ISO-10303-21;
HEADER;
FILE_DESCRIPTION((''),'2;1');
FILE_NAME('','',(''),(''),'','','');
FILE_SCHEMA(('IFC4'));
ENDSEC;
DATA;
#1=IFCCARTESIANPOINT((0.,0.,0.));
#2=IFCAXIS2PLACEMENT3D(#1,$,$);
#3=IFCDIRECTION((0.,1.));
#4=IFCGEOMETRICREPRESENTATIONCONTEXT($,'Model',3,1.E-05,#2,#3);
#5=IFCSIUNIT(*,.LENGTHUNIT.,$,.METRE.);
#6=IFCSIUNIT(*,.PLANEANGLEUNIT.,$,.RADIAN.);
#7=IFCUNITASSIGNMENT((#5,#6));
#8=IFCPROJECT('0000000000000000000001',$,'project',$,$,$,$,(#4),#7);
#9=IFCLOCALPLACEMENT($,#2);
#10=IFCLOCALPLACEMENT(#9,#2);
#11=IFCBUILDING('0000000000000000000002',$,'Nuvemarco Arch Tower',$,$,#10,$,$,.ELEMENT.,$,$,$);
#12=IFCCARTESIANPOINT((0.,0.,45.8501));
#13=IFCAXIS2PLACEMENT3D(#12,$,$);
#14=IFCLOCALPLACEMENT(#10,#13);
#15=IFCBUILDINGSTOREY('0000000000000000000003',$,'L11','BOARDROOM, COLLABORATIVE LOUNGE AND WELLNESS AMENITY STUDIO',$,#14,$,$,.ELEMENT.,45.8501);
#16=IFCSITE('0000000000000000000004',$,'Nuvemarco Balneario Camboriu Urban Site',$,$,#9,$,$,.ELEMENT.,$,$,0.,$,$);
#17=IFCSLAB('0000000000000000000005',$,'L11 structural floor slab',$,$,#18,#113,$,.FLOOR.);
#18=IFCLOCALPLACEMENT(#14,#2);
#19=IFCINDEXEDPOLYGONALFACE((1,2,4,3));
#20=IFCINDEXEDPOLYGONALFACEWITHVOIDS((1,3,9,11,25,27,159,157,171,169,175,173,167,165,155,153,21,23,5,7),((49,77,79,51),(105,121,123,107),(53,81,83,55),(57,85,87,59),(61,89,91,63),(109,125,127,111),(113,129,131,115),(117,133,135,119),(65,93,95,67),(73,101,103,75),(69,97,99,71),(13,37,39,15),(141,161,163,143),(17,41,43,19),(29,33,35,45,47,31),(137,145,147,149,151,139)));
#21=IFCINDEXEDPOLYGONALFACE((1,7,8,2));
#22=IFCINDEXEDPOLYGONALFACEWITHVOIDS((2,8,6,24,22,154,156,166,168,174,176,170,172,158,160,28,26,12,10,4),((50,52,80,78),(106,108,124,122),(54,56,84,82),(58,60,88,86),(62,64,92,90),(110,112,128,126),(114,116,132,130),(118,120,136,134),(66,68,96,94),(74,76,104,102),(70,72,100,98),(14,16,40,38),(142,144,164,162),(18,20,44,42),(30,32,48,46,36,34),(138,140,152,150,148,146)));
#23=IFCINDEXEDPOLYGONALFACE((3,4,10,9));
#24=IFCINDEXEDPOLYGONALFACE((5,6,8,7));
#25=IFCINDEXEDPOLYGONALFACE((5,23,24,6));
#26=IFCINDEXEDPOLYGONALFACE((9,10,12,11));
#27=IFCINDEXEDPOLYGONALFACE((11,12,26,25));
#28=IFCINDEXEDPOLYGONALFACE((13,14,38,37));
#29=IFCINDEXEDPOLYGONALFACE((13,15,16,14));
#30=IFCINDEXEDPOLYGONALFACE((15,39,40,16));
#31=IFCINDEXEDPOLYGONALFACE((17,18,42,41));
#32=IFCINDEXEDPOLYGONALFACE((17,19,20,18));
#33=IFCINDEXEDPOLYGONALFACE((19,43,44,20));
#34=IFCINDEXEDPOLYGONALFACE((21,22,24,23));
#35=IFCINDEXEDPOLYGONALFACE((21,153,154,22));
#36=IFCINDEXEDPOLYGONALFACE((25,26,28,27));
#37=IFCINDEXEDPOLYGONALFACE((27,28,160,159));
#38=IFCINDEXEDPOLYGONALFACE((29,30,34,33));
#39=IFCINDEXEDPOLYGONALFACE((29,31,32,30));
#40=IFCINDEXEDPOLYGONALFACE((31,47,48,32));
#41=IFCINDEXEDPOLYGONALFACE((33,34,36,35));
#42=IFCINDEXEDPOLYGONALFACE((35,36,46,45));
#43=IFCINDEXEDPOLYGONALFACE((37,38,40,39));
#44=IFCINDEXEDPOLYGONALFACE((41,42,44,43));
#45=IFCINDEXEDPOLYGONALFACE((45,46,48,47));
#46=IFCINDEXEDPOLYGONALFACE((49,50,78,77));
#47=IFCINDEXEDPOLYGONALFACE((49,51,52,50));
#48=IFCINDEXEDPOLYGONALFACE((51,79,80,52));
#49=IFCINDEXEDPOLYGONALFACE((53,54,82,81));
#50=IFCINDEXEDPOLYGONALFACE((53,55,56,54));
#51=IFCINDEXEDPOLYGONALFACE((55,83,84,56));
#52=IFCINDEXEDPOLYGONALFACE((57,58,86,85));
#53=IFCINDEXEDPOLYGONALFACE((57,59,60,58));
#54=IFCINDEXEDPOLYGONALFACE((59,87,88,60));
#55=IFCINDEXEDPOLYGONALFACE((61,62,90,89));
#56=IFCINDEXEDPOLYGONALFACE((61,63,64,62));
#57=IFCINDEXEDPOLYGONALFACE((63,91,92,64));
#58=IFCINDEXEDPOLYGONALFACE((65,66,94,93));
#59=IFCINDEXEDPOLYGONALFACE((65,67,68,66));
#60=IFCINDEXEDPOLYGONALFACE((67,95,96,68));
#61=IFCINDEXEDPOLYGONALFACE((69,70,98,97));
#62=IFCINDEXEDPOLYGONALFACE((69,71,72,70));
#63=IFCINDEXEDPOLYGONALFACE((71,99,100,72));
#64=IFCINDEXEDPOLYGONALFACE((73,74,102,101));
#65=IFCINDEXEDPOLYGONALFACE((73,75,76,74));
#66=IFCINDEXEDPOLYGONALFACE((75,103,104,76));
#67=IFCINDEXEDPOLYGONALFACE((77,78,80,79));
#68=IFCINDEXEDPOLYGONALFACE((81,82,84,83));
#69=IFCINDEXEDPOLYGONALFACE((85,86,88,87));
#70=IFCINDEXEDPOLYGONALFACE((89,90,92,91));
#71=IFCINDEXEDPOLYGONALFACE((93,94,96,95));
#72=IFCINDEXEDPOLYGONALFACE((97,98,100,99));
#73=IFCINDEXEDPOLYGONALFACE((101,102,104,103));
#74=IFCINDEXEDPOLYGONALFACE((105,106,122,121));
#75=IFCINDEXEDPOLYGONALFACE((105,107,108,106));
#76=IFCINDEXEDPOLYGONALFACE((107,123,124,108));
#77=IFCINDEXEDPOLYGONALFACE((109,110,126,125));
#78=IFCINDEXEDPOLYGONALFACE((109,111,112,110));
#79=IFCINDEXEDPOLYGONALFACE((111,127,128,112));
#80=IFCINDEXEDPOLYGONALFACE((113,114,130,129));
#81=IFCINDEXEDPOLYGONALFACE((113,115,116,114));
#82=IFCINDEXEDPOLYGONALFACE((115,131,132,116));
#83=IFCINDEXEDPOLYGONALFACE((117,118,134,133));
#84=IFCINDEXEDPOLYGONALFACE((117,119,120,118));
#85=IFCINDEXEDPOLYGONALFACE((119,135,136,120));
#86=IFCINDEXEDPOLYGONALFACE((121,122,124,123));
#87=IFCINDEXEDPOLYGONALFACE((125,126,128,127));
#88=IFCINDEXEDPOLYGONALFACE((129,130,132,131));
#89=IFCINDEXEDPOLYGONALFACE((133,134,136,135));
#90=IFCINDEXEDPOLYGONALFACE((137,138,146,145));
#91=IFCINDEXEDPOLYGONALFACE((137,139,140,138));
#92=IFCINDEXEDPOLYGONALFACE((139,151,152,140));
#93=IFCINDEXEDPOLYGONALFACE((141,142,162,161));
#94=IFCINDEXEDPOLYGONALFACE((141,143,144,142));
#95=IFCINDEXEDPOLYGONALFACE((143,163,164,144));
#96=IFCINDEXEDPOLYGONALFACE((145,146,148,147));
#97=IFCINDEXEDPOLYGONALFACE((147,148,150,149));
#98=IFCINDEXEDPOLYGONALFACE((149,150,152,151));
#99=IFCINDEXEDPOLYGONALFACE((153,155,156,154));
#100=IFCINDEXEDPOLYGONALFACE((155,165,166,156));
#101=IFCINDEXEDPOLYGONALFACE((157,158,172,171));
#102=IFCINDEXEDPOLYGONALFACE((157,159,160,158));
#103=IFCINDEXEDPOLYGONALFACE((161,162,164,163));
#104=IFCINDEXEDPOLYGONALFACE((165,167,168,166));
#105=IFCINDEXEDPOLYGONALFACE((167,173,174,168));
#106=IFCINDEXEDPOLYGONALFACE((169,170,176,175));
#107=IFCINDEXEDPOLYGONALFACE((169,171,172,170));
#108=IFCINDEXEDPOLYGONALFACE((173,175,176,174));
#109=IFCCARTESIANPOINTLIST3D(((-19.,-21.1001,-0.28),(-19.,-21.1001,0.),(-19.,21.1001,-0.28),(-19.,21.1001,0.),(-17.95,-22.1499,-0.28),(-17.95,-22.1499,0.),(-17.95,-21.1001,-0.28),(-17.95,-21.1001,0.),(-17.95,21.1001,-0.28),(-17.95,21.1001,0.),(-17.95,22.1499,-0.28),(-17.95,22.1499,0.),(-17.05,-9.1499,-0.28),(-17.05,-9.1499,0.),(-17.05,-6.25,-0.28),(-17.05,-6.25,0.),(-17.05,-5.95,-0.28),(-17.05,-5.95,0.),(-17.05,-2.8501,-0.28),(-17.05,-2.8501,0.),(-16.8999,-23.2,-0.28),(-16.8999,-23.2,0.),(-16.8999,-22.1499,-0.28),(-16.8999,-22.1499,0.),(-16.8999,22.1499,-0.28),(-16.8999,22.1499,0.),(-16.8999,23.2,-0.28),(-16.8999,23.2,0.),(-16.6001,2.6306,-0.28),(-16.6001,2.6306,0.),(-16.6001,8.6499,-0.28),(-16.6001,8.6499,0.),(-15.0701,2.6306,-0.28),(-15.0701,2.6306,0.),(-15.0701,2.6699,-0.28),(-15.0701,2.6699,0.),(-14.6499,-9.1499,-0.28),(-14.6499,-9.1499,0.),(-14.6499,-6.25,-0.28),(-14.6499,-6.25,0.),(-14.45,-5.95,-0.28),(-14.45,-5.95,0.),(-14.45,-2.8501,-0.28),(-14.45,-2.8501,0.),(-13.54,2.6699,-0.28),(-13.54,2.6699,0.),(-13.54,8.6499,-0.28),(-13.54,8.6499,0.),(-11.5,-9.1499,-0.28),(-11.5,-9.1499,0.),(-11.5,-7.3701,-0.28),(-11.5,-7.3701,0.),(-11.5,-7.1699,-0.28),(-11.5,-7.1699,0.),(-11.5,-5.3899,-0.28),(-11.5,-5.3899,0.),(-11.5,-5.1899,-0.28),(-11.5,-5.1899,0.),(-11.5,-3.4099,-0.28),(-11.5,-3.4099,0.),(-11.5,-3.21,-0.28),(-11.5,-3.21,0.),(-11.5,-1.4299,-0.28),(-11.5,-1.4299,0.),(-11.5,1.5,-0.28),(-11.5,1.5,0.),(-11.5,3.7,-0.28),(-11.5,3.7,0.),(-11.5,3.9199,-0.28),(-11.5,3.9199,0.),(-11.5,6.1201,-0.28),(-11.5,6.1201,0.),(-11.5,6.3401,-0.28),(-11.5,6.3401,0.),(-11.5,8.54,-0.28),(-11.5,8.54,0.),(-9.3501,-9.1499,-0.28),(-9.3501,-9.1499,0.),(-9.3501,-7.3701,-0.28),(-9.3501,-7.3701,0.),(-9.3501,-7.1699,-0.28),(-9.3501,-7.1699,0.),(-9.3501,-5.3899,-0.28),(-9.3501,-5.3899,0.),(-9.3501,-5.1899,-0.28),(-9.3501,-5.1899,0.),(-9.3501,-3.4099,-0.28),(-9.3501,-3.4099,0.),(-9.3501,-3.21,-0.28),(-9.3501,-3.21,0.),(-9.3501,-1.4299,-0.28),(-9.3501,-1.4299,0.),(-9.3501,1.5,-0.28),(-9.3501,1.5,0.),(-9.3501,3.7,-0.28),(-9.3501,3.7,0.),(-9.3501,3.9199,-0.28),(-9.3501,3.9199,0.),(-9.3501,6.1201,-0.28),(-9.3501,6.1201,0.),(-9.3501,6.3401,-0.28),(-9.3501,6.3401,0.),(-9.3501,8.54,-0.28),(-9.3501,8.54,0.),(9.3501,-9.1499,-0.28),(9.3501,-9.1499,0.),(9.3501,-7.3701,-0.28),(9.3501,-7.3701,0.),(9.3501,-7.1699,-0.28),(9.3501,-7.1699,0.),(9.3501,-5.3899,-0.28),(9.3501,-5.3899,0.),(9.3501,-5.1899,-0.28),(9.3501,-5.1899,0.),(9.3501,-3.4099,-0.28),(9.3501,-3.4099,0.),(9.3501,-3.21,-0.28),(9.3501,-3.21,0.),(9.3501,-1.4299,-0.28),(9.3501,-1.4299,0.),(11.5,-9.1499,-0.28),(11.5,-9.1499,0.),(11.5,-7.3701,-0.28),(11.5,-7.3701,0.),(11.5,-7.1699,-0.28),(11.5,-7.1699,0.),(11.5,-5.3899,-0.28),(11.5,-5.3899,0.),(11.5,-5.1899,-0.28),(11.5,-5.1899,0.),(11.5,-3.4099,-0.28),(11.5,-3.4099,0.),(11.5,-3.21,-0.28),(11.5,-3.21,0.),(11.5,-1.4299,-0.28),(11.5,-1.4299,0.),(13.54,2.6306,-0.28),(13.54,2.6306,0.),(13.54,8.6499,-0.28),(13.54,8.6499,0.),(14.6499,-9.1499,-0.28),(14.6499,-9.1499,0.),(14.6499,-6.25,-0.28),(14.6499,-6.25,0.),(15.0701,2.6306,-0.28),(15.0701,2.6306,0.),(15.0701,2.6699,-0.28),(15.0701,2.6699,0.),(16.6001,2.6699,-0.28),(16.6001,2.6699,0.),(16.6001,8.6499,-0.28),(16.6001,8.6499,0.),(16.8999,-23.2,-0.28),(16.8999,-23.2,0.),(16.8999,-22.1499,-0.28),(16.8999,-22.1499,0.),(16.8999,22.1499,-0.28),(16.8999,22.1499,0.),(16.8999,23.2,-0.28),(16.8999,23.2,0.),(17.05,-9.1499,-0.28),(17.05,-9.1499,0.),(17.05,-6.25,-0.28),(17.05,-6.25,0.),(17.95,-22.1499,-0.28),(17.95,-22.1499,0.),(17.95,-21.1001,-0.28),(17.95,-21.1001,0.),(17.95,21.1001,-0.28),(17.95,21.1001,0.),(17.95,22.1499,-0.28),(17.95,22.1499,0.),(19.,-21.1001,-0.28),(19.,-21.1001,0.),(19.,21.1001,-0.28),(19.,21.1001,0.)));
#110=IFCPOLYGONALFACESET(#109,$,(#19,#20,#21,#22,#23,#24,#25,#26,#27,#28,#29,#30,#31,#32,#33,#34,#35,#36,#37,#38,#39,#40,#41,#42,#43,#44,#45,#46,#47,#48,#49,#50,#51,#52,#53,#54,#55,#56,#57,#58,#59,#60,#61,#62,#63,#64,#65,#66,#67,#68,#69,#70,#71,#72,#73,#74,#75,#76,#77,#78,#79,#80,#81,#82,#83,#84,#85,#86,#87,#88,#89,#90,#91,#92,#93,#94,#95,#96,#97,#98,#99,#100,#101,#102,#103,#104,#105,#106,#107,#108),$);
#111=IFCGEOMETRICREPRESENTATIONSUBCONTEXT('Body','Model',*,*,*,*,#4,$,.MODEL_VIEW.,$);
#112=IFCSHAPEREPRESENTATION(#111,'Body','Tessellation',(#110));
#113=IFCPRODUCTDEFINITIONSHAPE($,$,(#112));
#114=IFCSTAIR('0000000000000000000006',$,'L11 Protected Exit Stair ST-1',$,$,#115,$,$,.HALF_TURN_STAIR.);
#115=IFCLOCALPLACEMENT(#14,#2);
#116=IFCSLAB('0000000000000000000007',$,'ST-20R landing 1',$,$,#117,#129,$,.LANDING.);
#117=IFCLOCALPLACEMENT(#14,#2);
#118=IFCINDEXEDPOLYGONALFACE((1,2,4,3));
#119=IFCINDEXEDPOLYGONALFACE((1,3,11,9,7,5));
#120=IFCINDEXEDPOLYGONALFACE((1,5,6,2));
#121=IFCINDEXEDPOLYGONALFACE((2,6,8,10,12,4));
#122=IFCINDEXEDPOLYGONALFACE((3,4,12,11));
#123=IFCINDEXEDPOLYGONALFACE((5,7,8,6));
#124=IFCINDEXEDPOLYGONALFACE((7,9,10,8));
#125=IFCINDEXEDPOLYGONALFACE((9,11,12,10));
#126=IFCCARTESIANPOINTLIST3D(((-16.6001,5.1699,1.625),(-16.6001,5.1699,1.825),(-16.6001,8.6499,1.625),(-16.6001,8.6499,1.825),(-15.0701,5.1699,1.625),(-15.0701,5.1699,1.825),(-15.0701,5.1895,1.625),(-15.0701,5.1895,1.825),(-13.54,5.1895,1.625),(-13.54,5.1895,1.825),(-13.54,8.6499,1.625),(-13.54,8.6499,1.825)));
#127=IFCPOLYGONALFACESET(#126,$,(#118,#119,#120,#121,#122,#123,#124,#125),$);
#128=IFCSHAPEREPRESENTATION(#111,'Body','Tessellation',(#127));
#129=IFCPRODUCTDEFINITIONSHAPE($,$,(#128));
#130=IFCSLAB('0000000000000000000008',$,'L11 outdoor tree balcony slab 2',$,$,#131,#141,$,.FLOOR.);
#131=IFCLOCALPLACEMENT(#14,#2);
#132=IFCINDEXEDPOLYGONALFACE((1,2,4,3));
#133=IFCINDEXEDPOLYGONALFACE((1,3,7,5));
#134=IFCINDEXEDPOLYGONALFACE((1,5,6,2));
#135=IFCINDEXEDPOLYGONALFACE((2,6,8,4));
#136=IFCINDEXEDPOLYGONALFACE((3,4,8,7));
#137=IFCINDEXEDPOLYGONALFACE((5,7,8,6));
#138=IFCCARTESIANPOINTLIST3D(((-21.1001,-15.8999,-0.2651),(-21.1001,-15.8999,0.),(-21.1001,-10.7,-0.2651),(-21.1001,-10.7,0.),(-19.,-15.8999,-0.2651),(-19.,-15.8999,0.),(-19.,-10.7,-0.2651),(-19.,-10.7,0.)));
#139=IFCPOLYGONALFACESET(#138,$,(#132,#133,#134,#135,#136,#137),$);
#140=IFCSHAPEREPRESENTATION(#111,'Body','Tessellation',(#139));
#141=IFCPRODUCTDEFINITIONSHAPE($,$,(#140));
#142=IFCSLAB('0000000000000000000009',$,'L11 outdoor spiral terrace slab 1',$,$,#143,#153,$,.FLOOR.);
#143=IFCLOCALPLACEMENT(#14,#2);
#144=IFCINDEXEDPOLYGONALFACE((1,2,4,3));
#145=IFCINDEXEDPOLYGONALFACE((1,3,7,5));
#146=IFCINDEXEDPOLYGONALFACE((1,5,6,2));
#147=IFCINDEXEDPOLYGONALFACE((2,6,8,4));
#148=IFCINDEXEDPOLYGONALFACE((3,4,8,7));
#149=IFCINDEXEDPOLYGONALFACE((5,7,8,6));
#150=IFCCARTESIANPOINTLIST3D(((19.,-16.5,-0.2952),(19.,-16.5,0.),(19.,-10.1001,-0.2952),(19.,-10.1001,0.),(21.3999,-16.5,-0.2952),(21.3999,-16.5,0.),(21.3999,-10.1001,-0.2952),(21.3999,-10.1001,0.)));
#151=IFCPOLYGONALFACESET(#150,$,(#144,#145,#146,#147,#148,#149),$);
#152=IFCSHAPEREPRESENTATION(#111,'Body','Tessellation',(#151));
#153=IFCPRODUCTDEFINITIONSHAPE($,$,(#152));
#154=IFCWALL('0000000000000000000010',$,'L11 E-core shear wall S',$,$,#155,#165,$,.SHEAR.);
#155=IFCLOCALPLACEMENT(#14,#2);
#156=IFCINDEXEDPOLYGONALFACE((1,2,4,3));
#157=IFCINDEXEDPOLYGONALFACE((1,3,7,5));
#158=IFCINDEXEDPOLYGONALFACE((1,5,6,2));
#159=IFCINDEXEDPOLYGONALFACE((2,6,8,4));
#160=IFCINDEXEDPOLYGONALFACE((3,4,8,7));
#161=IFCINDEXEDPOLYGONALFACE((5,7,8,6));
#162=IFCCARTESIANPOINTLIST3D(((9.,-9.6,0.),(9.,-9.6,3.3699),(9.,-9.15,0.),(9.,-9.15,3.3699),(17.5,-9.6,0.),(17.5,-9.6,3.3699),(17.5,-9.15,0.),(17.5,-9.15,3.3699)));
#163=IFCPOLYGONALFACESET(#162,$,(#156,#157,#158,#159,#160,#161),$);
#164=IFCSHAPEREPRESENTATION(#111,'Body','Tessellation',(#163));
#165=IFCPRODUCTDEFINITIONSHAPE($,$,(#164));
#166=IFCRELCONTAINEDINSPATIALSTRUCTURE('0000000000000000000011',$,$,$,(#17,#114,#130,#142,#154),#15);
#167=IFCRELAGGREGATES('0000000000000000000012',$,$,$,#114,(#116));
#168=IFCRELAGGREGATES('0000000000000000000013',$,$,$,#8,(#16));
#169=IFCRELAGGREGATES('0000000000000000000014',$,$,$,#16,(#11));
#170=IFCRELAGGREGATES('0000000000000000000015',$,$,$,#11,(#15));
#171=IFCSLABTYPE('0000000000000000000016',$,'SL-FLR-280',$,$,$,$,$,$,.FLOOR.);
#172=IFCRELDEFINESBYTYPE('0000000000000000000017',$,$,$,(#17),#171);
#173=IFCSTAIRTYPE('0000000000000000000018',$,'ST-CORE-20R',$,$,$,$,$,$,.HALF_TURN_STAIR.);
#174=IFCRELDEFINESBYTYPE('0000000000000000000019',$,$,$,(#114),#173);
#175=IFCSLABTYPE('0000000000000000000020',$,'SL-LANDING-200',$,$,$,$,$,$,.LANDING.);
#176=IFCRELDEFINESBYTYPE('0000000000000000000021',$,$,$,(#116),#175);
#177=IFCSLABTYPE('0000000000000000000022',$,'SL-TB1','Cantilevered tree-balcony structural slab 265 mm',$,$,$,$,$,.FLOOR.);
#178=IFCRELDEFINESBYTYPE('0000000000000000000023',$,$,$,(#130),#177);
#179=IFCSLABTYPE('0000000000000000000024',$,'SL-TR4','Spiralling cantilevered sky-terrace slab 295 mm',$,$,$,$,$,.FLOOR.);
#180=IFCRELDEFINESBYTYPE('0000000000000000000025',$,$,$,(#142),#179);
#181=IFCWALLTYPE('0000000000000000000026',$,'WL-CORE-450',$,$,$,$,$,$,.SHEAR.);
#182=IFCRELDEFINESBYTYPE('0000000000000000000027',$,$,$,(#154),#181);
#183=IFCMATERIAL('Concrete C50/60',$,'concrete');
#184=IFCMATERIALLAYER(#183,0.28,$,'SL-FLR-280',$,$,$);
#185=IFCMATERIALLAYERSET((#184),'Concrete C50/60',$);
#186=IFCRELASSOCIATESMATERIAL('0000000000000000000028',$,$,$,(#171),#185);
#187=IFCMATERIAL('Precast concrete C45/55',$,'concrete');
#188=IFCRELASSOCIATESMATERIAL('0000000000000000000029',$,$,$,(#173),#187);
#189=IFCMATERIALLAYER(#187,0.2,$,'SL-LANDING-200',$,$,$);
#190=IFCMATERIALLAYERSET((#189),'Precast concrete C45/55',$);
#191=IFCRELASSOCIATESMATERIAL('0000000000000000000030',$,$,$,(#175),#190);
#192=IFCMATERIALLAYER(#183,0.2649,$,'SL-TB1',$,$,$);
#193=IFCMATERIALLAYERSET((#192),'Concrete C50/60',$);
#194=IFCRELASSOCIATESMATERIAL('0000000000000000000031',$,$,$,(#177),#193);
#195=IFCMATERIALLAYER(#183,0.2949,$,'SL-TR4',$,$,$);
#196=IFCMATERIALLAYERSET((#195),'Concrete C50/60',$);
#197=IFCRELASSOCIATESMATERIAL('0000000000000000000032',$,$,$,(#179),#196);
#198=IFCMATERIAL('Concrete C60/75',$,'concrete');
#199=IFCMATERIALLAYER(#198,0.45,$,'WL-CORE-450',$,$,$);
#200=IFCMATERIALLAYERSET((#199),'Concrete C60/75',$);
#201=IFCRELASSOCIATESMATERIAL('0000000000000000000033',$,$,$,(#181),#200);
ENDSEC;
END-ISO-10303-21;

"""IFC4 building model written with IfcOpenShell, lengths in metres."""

from ifc_helpers import new_model, si_unit, direction, frame, frame_2d, origin, place, context, subcontext, project, spatial, polyline, rectangle, outline, extrude, material, layer, layer_set, type_object, element, aggregate, save


model = new_model("IFC4")

# Units and contexts
model_context = context("Model", 3, precision=1e-05, world=origin(), true_north=direction((0.0, 1.0)))
body_context = subcontext(model_context, "Body", "Model", "MODEL_VIEW")
ifc_project = project(units=[si_unit("LENGTHUNIT", "METRE"), si_unit("PLANEANGLEUNIT", "RADIAN")], contexts=[model_context])

# Site, building, storey
site_placement = place(None, origin())
site = spatial("IfcSite", under=ifc_project, at=site_placement, Name="Nuvemarco Balneario Camboriu Urban Site", CompositionType="ELEMENT", RefElevation=0.0)
building_placement = place(site_placement, origin())
building = spatial("IfcBuilding", under=site, at=building_placement, Name="Nuvemarco Arch Tower", CompositionType="ELEMENT")
storey_placement = place(building_placement, frame((0.0, 0.0, 45.8501)))
storey = spatial("IfcBuildingStorey", under=building, at=storey_placement, Name="L11", Description="BOARDROOM, COLLABORATIVE LOUNGE AND WELLNESS AMENITY STUDIO", CompositionType="ELEMENT", Elevation=45.8501)

# Shared definitions
ifc_material_1 = material(Name="Concrete C60/75", Category="concrete")

# Slab
ifc_material_2 = material(Name="Concrete C50/60", Category="concrete")
ifc_layer_1 = layer(ifc_material_2, 0.28, Name="SL-FLR-280")
ifc_layer_set_1 = layer_set([ifc_layer_1], Name="Concrete C50/60")
slab_type_1 = type_object("IfcSlabType", Name="SL-FLR-280", PredefinedType="FLOOR", material=ifc_layer_set_1)
slab_1_placement = place(storey_placement, frame((0.0, 0.0, -0.28)))
element("IfcSlab", 1, at=slab_1_placement, inside=storey, type_object=slab_type_1, Name="L11 structural floor slab", PredefinedType="FLOOR", context=body_context, shape_type="SweptSolid", body=[
    extrude(outline(polyline([(-16.8999, -23.2), (16.8999, -23.2), (16.8999, -22.1499), (17.95, -22.1499), (17.95, -21.1001), (19.0, -21.1001), (19.0, 21.1001), (17.95, 21.1001), (17.95, 22.1499), (16.8999, 22.1499), (16.8999, 23.2), (-16.8999, 23.2), (-16.8999, 22.1499), (-17.95, 22.1499), (-17.95, 21.1001), (-19.0, 21.1001), (-19.0, -21.1001), (-17.95, -21.1001), (-17.95, -22.1499), (-16.8999, -22.1499), (-16.8999, -23.2)]), holes=[polyline([(-13.54, 2.6699), (-13.54, 8.6499), (-16.6001, 8.6499), (-16.6001, 2.6306), (-15.0701, 2.6306), (-15.0701, 2.6699), (-13.54, 2.6699)]), polyline([(16.6001, 2.6699), (16.6001, 8.6499), (13.54, 8.6499), (13.54, 2.6306), (15.0701, 2.6306), (15.0701, 2.6699), (16.6001, 2.6699)]), polyline([(-17.05, -9.1499), (-14.6499, -9.1499), (-14.6499, -6.25), (-17.05, -6.25), (-17.05, -9.1499)]), polyline([(-17.05, -5.95), (-14.45, -5.95), (-14.45, -2.8501), (-17.05, -2.8501), (-17.05, -5.95)]), polyline([(-11.5, -9.1499), (-9.3501, -9.1499), (-9.3501, -7.3701), (-11.5, -7.3701), (-11.5, -9.1499)]), polyline([(-11.5, -7.1699), (-9.3501, -7.1699), (-9.3501, -5.3899), (-11.5, -5.3899), (-11.5, -7.1699)]), polyline([(-11.5, -5.1899), (-9.3501, -5.1899), (-9.3501, -3.4099), (-11.5, -3.4099), (-11.5, -5.1899)]), polyline([(-11.5, -3.21), (-9.3501, -3.21), (-9.3501, -1.4299), (-11.5, -1.4299), (-11.5, -3.21)]), polyline([(-11.5, 1.5), (-9.3501, 1.5), (-9.3501, 3.7), (-11.5, 3.7), (-11.5, 1.5)]), polyline([(-11.5, 3.9199), (-9.3501, 3.9199), (-9.3501, 6.1201), (-11.5, 6.1201), (-11.5, 3.9199)]), polyline([(-11.5, 6.3401), (-9.3501, 6.3401), (-9.3501, 8.54), (-11.5, 8.54), (-11.5, 6.3401)]), polyline([(14.6499, -9.1499), (17.05, -9.1499), (17.05, -6.25), (14.6499, -6.25), (14.6499, -9.1499)]), polyline([(9.3501, -9.1499), (11.5, -9.1499), (11.5, -7.3701), (9.3501, -7.3701), (9.3501, -9.1499)]), polyline([(9.3501, -7.1699), (11.5, -7.1699), (11.5, -5.3899), (9.3501, -5.3899), (9.3501, -7.1699)]), polyline([(9.3501, -5.1899), (11.5, -5.1899), (11.5, -3.4099), (9.3501, -3.4099), (9.3501, -5.1899)]), polyline([(9.3501, -3.21), (11.5, -3.21), (11.5, -1.4299), (9.3501, -1.4299), (9.3501, -3.21)])]), origin(), (0.0, 0.0, 1.0), 0.28),
])

# Stair, slab
ifc_material_3 = material(Name="Precast concrete C45/55", Category="concrete")
stair_type = type_object("IfcStairType", Name="ST-CORE-20R", PredefinedType="HALF_TURN_STAIR", material=ifc_material_3)
stair_placement = place(storey_placement, origin())
stair = element("IfcStair", 2, at=stair_placement, inside=storey, type_object=stair_type, Name="L11 Protected Exit Stair ST-1", PredefinedType="HALF_TURN_STAIR")
ifc_layer_2 = layer(ifc_material_3, 0.2, Name="SL-LANDING-200")
ifc_layer_set_2 = layer_set([ifc_layer_2], Name="Precast concrete C45/55")
slab_type_2 = type_object("IfcSlabType", Name="SL-LANDING-200", PredefinedType="LANDING", material=ifc_layer_set_2)
slab_2_placement = place(storey_placement, frame((0.0, 0.0, 1.625)))
slab_2 = element("IfcSlab", 3, at=slab_2_placement, type_object=slab_type_2, Name="ST-20R landing 1", PredefinedType="LANDING", context=body_context, shape_type="SweptSolid", body=[
    extrude(outline(polyline([(-13.54, 5.1895), (-13.54, 8.6499), (-16.6001, 8.6499), (-16.6001, 5.1699), (-15.0701, 5.1699), (-15.0701, 5.1895), (-13.54, 5.1895)])), origin(), (0.0, 0.0, 1.0), 0.2),
])
aggregate(stair, [slab_2])

# Slabs
ifc_layer_3 = layer(ifc_material_2, 0.2649, Name="SL-TB1")
ifc_layer_set_3 = layer_set([ifc_layer_3], Name="Concrete C50/60")
slab_type_3 = type_object("IfcSlabType", Name="SL-TB1", Description="Cantilevered tree-balcony structural slab 265 mm", PredefinedType="FLOOR", material=ifc_layer_set_3)
slab_3_placement = place(storey_placement, frame((0.0, 0.0, -0.2651)))
element("IfcSlab", 4, at=slab_3_placement, inside=storey, type_object=slab_type_3, Name="L11 outdoor tree balcony slab 2", PredefinedType="FLOOR", context=body_context, shape_type="SweptSolid", body=[
    extrude(outline(polyline([(-21.1001, -15.8999), (-19.0, -15.8999), (-19.0, -10.7), (-21.1001, -10.7), (-21.1001, -15.8999)])), origin(), (0.0, 0.0, 1.0), 0.2651),
])
ifc_layer_4 = layer(ifc_material_2, 0.2949, Name="SL-TR4")
ifc_layer_set_4 = layer_set([ifc_layer_4], Name="Concrete C50/60")
slab_type_4 = type_object("IfcSlabType", Name="SL-TR4", Description="Spiralling cantilevered sky-terrace slab 295 mm", PredefinedType="FLOOR", material=ifc_layer_set_4)
slab_4_placement = place(storey_placement, frame((0.0, 0.0, -0.2952)))
element("IfcSlab", 5, at=slab_4_placement, inside=storey, type_object=slab_type_4, Name="L11 outdoor spiral terrace slab 1", PredefinedType="FLOOR", context=body_context, shape_type="SweptSolid", body=[
    extrude(outline(polyline([(19.0, -16.5), (21.3999, -16.5), (21.3999, -10.1001), (19.0, -10.1001), (19.0, -16.5)])), origin(), (0.0, 0.0, 1.0), 0.2952),
])

# Wall
ifc_layer_5 = layer(ifc_material_1, 0.45, Name="WL-CORE-450")
ifc_layer_set_5 = layer_set([ifc_layer_5], Name="Concrete C60/75")
wall_type_1 = type_object("IfcWallType", Name="WL-CORE-450", PredefinedType="SHEAR", material=ifc_layer_set_5)
wall_1_placement = place(storey_placement, frame((9.0, -9.375, 0.0), z_axis=(0.0, 0.0, 1.0), x_axis=(1.0, 0.0, 0.0)))
element("IfcWall", 6, at=wall_1_placement, inside=storey, type_object=wall_type_1, Name="L11 E-core shear wall S", PredefinedType="SHEAR", context=body_context, shape_type="SweptSolid", body=[
    extrude(rectangle(XDim=8.5, YDim=0.45, at=frame_2d((4.25, 0.0))), origin(), (0.0, 0.0, 1.0), 3.3699),
])

save(model, "model.ifc")
